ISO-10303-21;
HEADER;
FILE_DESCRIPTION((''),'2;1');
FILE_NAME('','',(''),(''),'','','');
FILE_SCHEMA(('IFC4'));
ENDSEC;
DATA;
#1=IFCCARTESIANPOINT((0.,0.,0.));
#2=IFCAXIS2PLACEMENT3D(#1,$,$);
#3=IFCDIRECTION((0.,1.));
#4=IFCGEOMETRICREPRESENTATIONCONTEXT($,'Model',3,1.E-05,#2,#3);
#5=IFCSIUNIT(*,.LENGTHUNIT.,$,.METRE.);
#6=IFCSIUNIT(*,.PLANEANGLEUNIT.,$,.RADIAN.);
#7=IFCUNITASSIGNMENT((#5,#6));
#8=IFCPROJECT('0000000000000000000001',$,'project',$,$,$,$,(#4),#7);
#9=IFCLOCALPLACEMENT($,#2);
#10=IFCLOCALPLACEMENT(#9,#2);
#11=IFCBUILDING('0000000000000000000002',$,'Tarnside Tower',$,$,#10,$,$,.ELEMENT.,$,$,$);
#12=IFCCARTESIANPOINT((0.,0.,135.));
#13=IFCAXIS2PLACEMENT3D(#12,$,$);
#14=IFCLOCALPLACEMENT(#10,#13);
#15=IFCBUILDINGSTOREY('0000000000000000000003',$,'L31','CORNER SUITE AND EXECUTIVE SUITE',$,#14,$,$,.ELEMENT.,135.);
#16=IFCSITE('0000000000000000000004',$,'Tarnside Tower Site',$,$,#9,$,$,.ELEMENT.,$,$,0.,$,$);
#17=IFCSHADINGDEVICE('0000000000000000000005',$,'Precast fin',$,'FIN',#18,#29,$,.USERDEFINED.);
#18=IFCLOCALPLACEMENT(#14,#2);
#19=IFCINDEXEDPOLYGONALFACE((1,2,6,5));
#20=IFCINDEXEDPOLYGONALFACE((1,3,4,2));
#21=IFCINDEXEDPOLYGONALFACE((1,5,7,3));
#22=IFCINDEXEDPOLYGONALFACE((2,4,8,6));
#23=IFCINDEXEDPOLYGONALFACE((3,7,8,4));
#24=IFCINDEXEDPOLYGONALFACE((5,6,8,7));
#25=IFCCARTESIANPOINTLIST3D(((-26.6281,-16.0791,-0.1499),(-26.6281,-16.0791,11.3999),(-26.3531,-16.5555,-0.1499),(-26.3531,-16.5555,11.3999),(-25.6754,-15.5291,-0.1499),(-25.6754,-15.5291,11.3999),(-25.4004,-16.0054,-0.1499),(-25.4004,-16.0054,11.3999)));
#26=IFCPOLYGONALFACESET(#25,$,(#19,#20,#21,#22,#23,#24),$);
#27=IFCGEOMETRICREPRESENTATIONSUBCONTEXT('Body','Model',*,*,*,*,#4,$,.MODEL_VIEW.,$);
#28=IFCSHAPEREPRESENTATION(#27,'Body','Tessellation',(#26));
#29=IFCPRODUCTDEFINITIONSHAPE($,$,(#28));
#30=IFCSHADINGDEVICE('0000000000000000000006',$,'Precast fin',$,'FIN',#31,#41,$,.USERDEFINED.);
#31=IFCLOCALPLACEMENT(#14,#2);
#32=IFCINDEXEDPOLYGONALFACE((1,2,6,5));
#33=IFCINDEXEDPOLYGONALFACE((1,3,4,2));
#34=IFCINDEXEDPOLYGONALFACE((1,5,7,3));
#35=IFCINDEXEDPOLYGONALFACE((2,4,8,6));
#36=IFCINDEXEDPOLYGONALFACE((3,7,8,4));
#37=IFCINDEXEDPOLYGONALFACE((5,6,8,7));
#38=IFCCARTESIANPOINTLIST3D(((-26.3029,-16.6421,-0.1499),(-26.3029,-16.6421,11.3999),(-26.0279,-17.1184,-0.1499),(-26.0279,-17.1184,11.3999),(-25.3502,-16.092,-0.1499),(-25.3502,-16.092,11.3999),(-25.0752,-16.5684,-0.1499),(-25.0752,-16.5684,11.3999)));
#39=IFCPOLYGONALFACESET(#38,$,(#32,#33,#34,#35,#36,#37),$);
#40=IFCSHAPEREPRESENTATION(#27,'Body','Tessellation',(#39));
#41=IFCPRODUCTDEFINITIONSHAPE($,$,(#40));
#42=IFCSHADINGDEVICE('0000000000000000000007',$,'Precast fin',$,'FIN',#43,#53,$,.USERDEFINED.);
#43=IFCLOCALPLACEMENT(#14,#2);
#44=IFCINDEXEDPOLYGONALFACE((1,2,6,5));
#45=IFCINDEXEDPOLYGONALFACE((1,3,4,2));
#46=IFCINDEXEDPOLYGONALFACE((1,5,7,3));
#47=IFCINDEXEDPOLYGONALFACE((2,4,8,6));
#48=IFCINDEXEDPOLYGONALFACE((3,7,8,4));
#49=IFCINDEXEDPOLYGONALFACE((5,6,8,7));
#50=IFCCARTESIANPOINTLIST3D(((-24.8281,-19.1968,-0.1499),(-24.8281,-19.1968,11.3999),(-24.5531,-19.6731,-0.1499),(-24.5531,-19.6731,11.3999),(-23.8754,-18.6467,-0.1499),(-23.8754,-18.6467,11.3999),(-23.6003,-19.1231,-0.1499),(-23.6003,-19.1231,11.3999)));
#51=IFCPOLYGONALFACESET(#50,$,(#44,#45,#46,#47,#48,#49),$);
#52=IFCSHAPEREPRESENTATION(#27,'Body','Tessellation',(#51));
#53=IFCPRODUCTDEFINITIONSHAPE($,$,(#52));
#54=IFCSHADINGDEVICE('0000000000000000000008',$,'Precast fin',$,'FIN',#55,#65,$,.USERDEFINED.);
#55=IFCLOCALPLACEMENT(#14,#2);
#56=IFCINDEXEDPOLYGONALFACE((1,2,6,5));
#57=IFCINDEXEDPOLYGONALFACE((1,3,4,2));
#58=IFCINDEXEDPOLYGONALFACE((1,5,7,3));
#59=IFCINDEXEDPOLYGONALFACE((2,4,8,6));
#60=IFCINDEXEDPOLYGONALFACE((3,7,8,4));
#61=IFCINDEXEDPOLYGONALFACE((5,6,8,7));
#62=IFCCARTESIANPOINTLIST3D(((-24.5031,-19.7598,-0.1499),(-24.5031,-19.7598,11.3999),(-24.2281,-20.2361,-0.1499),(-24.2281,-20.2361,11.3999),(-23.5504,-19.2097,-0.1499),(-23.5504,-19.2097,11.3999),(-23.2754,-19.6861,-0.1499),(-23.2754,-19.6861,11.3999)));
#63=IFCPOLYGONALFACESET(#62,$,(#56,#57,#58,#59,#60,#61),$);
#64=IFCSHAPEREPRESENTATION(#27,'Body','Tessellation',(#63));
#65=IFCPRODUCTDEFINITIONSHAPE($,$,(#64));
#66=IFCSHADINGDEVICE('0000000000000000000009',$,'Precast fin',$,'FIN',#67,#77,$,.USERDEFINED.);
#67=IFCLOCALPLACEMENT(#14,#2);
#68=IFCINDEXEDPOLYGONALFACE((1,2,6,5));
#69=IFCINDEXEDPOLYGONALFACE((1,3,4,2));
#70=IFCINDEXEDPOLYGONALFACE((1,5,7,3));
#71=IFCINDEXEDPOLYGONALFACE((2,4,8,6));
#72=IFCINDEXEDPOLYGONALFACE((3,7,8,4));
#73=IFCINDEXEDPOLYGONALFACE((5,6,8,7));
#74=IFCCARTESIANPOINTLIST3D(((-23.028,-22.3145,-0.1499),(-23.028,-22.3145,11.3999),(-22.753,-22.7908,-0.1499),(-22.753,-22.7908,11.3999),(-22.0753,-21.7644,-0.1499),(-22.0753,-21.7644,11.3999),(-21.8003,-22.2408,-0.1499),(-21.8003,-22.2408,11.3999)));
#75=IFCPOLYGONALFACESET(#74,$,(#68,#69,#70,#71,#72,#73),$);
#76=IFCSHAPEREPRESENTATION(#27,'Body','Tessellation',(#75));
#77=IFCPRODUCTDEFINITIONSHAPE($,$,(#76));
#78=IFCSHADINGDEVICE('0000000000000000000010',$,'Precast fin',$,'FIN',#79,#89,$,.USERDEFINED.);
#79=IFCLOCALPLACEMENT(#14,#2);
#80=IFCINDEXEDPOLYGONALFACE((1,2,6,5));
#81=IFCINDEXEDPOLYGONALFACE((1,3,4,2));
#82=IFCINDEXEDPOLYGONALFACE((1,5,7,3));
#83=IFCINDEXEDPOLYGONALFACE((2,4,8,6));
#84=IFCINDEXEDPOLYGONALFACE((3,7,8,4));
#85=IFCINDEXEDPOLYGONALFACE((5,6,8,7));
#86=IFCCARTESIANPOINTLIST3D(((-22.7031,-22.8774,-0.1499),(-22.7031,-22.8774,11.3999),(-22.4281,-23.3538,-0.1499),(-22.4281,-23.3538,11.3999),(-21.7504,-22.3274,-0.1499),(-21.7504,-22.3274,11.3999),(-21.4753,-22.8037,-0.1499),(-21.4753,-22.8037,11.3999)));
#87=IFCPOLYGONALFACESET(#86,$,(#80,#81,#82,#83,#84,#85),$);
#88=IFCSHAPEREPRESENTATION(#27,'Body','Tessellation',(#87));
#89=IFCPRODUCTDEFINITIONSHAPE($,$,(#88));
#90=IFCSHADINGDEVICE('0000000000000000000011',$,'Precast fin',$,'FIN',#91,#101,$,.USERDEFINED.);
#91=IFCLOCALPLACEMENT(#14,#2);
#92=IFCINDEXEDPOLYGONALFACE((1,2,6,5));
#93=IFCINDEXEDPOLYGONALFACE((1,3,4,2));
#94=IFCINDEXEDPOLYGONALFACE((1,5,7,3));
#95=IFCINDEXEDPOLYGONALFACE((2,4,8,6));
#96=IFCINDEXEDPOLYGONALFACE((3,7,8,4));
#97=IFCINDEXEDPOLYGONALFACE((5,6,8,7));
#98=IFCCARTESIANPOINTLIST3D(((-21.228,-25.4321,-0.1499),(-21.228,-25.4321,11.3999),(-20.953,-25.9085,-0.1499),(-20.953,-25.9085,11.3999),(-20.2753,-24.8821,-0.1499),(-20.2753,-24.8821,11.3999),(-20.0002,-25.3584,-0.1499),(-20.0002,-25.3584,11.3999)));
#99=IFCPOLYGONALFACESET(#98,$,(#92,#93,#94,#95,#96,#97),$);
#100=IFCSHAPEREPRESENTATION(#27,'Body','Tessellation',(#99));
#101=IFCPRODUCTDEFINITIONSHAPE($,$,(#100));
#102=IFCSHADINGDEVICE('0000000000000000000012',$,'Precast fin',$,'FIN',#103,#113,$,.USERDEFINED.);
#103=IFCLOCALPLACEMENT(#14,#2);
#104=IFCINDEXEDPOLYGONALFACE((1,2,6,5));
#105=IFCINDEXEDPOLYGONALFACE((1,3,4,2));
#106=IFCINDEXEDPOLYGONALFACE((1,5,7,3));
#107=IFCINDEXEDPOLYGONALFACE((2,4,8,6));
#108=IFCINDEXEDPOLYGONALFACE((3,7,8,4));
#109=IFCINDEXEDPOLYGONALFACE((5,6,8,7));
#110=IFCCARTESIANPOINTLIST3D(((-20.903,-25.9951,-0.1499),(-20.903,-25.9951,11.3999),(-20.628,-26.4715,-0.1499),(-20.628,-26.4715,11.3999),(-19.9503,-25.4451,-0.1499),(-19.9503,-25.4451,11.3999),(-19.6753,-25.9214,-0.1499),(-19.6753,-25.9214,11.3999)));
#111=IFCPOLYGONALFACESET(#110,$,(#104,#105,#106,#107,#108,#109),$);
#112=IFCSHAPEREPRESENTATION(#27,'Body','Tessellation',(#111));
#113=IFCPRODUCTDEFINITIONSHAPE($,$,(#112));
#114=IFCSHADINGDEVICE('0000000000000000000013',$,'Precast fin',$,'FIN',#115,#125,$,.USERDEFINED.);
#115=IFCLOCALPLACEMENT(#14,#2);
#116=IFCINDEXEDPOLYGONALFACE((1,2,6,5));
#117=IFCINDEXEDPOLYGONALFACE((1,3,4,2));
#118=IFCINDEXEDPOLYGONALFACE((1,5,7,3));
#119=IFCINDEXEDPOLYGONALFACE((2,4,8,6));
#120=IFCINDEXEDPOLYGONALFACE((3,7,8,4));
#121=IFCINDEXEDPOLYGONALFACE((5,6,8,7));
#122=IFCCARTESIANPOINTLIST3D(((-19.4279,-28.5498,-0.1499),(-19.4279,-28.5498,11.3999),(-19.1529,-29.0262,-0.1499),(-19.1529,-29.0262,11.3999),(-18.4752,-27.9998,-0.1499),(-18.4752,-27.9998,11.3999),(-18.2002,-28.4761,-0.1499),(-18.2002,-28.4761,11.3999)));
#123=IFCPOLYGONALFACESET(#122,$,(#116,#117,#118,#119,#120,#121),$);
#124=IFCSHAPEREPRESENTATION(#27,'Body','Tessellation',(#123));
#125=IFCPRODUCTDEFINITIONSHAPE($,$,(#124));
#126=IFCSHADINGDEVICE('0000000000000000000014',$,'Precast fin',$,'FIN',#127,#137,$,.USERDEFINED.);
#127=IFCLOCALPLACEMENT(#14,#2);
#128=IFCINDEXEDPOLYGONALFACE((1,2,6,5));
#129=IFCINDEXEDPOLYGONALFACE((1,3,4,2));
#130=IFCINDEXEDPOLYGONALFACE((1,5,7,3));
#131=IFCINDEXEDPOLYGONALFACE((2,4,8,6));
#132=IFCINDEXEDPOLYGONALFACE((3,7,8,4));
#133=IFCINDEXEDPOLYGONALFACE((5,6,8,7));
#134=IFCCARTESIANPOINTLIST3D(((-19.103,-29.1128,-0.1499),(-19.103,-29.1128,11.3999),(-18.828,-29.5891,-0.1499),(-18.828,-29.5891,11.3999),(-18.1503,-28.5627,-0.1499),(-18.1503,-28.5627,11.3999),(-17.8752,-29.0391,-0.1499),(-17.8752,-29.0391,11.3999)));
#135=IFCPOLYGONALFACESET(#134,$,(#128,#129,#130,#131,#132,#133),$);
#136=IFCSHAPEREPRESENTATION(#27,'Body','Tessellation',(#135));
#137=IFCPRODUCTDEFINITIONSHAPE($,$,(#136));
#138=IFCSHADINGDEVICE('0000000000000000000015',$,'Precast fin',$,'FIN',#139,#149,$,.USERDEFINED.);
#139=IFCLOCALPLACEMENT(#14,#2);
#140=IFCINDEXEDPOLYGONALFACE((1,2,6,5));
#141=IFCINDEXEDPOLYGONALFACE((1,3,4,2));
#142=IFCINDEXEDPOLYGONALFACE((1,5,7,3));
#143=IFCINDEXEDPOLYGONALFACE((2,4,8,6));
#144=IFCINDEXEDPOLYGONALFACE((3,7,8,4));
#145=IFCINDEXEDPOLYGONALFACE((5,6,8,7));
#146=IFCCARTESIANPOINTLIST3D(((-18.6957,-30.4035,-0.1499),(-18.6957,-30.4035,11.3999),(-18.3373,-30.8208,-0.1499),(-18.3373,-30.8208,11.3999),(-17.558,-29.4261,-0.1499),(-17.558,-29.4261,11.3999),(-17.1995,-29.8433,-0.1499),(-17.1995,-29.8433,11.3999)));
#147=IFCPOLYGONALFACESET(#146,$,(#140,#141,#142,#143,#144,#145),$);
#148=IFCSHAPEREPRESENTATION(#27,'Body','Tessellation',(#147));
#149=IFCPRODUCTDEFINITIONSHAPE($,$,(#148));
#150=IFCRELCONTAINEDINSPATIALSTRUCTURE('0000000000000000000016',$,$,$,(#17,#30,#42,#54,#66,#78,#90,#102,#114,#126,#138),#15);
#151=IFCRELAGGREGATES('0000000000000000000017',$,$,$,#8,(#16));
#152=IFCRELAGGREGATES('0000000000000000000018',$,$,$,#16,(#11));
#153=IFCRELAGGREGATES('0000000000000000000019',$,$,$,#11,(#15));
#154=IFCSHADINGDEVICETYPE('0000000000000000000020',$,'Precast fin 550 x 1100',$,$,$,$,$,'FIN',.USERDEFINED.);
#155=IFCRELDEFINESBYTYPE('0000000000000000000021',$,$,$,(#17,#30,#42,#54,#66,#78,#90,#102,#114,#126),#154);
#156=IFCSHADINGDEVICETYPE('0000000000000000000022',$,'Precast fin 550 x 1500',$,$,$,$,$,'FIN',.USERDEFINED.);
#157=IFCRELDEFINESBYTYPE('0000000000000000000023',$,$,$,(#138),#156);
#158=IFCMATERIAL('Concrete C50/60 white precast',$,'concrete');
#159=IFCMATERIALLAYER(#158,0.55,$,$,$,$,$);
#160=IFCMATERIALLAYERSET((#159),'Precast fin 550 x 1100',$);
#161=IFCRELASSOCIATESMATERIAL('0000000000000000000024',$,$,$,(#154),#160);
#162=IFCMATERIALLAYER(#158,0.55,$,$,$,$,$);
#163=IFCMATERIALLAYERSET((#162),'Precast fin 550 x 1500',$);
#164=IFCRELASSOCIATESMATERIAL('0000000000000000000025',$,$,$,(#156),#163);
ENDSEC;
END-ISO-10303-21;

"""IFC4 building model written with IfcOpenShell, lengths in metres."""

from ifc_helpers import new_model, si_unit, direction, frame, origin, place, context, subcontext, project, spatial, polyline, outline, extrude, material, layer, layer_set, type_object, element, save


model = new_model("IFC4")

# Units and contexts
model_context = context("Model", 3, precision=1e-05, world=origin(), true_north=direction((0.0, 1.0)))
body_context = subcontext(model_context, "Body", "Model", "MODEL_VIEW")
ifc_project = project(units=[si_unit("LENGTHUNIT", "METRE"), si_unit("PLANEANGLEUNIT", "RADIAN")], contexts=[model_context])

# Site, building, storey
site_placement = place(None, origin())
site = spatial("IfcSite", under=ifc_project, at=site_placement, Name="Tarnside Tower Site", CompositionType="ELEMENT", RefElevation=0.0)
building_placement = place(site_placement, origin())
building = spatial("IfcBuilding", under=site, at=building_placement, Name="Tarnside Tower", CompositionType="ELEMENT")
storey_placement = place(building_placement, frame((0.0, 0.0, 135.0)))
storey = spatial("IfcBuildingStorey", under=building, at=storey_placement, Name="L31", Description="CORNER SUITE AND EXECUTIVE SUITE", CompositionType="ELEMENT", Elevation=135.0)

# Shading devices
ifc_material_1 = material(Name="Concrete C50/60 white precast", Category="concrete")
ifc_layer_1 = layer(ifc_material_1, 0.55)
ifc_layer_set_1 = layer_set([ifc_layer_1], Name="Precast fin 550 x 1100")
shading_device_type_1 = type_object("IfcShadingDeviceType", Name="Precast fin 550 x 1100", ElementType="FIN", PredefinedType="USERDEFINED", material=ifc_layer_set_1)
for number, where, z_axis, x_axis, name in (
    (1, (-25.5378, -15.7673, -0.1499), (-0.5, 0.866025, 0.0), (-0.866025, -0.5, 0.0), "Precast fin"),
    (2, (-25.2126, -16.3303, -0.1499), (-0.5, 0.866025, 0.0), (-0.866025, -0.5, 0.0), "Precast fin"),
    (3, (-23.7378, -18.885, -0.1499), (-0.5, 0.866025, 0.0), (-0.866025, -0.5, 0.0), "Precast fin"),
    (4, (-23.4128, -19.448, -0.1499), (-0.5, 0.866025, 0.0), (-0.866025, -0.5, 0.0), "Precast fin"),
    (5, (-21.9377, -22.0027, -0.1499), (-0.5, 0.866025, 0.0), (-0.866025, -0.5, 0.0), "Precast fin"),
    (6, (-21.6128, -22.5657, -0.1499), (-0.5, 0.866025, 0.0), (-0.866025, -0.5, 0.0), "Precast fin"),
    (7, (-20.1377, -25.1204, -0.1499), (-0.5, 0.866025, 0.0), (-0.866025, -0.5, 0.0), "Precast fin"),
    (8, (-19.8127, -25.6833, -0.1499), (-0.5, 0.866025, 0.0), (-0.866025, -0.5, 0.0), "Precast fin"),
    (9, (-18.3376, -28.238, -0.1499), (-0.5, 0.866025, 0.0), (-0.866025, -0.5, 0.0), "Precast fin"),
    (10, (-18.0127, -28.801, -0.1499), (-0.5, 0.866025, 0.0), (-0.866025, -0.5, 0.0), "Precast fin"),
):
    element("IfcShadingDevice", number, at=place(storey_placement, frame(where, z_axis=z_axis, x_axis=x_axis)), inside=storey, type_object=shading_device_type_1, Name=name, ObjectType="FIN", PredefinedType="USERDEFINED", context=body_context, shape_type="SweptSolid", body=[
        extrude(outline(polyline([(0.0, 0.0), (1.1001, 0.0), (1.1001, 11.5498), (0.0, 11.5498), (0.0, 0.0)])), frame((0.0, 0.0, -0.2749)), (0.0, 0.0, 1.0), 0.55),
    ])
ifc_layer_2 = layer(ifc_material_1, 0.55)
ifc_layer_set_2 = layer_set([ifc_layer_2], Name="Precast fin 550 x 1500")
shading_device_type_2 = type_object("IfcShadingDeviceType", Name="Precast fin 550 x 1500", ElementType="FIN", PredefinedType="USERDEFINED", material=ifc_layer_set_2)
shading_device_placement = place(storey_placement, frame((-17.3787, -29.6348, -0.1499), z_axis=(-0.651657, 0.758514, 0.0), x_axis=(-0.758514, -0.651657, 0.0)))
element("IfcShadingDevice", 11, at=shading_device_placement, inside=storey, type_object=shading_device_type_2, Name="Precast fin", ObjectType="FIN", PredefinedType="USERDEFINED", context=body_context, shape_type="SweptSolid", body=[
    extrude(outline(polyline([(0.0, 0.0), (1.5, 0.0), (1.5, 11.5498), (0.0, 11.5498), (0.0, 0.0)])), frame((0.0, 0.0, -0.2749)), (0.0, 0.0, 1.0), 0.55),
])

save(model, "model.ifc")
